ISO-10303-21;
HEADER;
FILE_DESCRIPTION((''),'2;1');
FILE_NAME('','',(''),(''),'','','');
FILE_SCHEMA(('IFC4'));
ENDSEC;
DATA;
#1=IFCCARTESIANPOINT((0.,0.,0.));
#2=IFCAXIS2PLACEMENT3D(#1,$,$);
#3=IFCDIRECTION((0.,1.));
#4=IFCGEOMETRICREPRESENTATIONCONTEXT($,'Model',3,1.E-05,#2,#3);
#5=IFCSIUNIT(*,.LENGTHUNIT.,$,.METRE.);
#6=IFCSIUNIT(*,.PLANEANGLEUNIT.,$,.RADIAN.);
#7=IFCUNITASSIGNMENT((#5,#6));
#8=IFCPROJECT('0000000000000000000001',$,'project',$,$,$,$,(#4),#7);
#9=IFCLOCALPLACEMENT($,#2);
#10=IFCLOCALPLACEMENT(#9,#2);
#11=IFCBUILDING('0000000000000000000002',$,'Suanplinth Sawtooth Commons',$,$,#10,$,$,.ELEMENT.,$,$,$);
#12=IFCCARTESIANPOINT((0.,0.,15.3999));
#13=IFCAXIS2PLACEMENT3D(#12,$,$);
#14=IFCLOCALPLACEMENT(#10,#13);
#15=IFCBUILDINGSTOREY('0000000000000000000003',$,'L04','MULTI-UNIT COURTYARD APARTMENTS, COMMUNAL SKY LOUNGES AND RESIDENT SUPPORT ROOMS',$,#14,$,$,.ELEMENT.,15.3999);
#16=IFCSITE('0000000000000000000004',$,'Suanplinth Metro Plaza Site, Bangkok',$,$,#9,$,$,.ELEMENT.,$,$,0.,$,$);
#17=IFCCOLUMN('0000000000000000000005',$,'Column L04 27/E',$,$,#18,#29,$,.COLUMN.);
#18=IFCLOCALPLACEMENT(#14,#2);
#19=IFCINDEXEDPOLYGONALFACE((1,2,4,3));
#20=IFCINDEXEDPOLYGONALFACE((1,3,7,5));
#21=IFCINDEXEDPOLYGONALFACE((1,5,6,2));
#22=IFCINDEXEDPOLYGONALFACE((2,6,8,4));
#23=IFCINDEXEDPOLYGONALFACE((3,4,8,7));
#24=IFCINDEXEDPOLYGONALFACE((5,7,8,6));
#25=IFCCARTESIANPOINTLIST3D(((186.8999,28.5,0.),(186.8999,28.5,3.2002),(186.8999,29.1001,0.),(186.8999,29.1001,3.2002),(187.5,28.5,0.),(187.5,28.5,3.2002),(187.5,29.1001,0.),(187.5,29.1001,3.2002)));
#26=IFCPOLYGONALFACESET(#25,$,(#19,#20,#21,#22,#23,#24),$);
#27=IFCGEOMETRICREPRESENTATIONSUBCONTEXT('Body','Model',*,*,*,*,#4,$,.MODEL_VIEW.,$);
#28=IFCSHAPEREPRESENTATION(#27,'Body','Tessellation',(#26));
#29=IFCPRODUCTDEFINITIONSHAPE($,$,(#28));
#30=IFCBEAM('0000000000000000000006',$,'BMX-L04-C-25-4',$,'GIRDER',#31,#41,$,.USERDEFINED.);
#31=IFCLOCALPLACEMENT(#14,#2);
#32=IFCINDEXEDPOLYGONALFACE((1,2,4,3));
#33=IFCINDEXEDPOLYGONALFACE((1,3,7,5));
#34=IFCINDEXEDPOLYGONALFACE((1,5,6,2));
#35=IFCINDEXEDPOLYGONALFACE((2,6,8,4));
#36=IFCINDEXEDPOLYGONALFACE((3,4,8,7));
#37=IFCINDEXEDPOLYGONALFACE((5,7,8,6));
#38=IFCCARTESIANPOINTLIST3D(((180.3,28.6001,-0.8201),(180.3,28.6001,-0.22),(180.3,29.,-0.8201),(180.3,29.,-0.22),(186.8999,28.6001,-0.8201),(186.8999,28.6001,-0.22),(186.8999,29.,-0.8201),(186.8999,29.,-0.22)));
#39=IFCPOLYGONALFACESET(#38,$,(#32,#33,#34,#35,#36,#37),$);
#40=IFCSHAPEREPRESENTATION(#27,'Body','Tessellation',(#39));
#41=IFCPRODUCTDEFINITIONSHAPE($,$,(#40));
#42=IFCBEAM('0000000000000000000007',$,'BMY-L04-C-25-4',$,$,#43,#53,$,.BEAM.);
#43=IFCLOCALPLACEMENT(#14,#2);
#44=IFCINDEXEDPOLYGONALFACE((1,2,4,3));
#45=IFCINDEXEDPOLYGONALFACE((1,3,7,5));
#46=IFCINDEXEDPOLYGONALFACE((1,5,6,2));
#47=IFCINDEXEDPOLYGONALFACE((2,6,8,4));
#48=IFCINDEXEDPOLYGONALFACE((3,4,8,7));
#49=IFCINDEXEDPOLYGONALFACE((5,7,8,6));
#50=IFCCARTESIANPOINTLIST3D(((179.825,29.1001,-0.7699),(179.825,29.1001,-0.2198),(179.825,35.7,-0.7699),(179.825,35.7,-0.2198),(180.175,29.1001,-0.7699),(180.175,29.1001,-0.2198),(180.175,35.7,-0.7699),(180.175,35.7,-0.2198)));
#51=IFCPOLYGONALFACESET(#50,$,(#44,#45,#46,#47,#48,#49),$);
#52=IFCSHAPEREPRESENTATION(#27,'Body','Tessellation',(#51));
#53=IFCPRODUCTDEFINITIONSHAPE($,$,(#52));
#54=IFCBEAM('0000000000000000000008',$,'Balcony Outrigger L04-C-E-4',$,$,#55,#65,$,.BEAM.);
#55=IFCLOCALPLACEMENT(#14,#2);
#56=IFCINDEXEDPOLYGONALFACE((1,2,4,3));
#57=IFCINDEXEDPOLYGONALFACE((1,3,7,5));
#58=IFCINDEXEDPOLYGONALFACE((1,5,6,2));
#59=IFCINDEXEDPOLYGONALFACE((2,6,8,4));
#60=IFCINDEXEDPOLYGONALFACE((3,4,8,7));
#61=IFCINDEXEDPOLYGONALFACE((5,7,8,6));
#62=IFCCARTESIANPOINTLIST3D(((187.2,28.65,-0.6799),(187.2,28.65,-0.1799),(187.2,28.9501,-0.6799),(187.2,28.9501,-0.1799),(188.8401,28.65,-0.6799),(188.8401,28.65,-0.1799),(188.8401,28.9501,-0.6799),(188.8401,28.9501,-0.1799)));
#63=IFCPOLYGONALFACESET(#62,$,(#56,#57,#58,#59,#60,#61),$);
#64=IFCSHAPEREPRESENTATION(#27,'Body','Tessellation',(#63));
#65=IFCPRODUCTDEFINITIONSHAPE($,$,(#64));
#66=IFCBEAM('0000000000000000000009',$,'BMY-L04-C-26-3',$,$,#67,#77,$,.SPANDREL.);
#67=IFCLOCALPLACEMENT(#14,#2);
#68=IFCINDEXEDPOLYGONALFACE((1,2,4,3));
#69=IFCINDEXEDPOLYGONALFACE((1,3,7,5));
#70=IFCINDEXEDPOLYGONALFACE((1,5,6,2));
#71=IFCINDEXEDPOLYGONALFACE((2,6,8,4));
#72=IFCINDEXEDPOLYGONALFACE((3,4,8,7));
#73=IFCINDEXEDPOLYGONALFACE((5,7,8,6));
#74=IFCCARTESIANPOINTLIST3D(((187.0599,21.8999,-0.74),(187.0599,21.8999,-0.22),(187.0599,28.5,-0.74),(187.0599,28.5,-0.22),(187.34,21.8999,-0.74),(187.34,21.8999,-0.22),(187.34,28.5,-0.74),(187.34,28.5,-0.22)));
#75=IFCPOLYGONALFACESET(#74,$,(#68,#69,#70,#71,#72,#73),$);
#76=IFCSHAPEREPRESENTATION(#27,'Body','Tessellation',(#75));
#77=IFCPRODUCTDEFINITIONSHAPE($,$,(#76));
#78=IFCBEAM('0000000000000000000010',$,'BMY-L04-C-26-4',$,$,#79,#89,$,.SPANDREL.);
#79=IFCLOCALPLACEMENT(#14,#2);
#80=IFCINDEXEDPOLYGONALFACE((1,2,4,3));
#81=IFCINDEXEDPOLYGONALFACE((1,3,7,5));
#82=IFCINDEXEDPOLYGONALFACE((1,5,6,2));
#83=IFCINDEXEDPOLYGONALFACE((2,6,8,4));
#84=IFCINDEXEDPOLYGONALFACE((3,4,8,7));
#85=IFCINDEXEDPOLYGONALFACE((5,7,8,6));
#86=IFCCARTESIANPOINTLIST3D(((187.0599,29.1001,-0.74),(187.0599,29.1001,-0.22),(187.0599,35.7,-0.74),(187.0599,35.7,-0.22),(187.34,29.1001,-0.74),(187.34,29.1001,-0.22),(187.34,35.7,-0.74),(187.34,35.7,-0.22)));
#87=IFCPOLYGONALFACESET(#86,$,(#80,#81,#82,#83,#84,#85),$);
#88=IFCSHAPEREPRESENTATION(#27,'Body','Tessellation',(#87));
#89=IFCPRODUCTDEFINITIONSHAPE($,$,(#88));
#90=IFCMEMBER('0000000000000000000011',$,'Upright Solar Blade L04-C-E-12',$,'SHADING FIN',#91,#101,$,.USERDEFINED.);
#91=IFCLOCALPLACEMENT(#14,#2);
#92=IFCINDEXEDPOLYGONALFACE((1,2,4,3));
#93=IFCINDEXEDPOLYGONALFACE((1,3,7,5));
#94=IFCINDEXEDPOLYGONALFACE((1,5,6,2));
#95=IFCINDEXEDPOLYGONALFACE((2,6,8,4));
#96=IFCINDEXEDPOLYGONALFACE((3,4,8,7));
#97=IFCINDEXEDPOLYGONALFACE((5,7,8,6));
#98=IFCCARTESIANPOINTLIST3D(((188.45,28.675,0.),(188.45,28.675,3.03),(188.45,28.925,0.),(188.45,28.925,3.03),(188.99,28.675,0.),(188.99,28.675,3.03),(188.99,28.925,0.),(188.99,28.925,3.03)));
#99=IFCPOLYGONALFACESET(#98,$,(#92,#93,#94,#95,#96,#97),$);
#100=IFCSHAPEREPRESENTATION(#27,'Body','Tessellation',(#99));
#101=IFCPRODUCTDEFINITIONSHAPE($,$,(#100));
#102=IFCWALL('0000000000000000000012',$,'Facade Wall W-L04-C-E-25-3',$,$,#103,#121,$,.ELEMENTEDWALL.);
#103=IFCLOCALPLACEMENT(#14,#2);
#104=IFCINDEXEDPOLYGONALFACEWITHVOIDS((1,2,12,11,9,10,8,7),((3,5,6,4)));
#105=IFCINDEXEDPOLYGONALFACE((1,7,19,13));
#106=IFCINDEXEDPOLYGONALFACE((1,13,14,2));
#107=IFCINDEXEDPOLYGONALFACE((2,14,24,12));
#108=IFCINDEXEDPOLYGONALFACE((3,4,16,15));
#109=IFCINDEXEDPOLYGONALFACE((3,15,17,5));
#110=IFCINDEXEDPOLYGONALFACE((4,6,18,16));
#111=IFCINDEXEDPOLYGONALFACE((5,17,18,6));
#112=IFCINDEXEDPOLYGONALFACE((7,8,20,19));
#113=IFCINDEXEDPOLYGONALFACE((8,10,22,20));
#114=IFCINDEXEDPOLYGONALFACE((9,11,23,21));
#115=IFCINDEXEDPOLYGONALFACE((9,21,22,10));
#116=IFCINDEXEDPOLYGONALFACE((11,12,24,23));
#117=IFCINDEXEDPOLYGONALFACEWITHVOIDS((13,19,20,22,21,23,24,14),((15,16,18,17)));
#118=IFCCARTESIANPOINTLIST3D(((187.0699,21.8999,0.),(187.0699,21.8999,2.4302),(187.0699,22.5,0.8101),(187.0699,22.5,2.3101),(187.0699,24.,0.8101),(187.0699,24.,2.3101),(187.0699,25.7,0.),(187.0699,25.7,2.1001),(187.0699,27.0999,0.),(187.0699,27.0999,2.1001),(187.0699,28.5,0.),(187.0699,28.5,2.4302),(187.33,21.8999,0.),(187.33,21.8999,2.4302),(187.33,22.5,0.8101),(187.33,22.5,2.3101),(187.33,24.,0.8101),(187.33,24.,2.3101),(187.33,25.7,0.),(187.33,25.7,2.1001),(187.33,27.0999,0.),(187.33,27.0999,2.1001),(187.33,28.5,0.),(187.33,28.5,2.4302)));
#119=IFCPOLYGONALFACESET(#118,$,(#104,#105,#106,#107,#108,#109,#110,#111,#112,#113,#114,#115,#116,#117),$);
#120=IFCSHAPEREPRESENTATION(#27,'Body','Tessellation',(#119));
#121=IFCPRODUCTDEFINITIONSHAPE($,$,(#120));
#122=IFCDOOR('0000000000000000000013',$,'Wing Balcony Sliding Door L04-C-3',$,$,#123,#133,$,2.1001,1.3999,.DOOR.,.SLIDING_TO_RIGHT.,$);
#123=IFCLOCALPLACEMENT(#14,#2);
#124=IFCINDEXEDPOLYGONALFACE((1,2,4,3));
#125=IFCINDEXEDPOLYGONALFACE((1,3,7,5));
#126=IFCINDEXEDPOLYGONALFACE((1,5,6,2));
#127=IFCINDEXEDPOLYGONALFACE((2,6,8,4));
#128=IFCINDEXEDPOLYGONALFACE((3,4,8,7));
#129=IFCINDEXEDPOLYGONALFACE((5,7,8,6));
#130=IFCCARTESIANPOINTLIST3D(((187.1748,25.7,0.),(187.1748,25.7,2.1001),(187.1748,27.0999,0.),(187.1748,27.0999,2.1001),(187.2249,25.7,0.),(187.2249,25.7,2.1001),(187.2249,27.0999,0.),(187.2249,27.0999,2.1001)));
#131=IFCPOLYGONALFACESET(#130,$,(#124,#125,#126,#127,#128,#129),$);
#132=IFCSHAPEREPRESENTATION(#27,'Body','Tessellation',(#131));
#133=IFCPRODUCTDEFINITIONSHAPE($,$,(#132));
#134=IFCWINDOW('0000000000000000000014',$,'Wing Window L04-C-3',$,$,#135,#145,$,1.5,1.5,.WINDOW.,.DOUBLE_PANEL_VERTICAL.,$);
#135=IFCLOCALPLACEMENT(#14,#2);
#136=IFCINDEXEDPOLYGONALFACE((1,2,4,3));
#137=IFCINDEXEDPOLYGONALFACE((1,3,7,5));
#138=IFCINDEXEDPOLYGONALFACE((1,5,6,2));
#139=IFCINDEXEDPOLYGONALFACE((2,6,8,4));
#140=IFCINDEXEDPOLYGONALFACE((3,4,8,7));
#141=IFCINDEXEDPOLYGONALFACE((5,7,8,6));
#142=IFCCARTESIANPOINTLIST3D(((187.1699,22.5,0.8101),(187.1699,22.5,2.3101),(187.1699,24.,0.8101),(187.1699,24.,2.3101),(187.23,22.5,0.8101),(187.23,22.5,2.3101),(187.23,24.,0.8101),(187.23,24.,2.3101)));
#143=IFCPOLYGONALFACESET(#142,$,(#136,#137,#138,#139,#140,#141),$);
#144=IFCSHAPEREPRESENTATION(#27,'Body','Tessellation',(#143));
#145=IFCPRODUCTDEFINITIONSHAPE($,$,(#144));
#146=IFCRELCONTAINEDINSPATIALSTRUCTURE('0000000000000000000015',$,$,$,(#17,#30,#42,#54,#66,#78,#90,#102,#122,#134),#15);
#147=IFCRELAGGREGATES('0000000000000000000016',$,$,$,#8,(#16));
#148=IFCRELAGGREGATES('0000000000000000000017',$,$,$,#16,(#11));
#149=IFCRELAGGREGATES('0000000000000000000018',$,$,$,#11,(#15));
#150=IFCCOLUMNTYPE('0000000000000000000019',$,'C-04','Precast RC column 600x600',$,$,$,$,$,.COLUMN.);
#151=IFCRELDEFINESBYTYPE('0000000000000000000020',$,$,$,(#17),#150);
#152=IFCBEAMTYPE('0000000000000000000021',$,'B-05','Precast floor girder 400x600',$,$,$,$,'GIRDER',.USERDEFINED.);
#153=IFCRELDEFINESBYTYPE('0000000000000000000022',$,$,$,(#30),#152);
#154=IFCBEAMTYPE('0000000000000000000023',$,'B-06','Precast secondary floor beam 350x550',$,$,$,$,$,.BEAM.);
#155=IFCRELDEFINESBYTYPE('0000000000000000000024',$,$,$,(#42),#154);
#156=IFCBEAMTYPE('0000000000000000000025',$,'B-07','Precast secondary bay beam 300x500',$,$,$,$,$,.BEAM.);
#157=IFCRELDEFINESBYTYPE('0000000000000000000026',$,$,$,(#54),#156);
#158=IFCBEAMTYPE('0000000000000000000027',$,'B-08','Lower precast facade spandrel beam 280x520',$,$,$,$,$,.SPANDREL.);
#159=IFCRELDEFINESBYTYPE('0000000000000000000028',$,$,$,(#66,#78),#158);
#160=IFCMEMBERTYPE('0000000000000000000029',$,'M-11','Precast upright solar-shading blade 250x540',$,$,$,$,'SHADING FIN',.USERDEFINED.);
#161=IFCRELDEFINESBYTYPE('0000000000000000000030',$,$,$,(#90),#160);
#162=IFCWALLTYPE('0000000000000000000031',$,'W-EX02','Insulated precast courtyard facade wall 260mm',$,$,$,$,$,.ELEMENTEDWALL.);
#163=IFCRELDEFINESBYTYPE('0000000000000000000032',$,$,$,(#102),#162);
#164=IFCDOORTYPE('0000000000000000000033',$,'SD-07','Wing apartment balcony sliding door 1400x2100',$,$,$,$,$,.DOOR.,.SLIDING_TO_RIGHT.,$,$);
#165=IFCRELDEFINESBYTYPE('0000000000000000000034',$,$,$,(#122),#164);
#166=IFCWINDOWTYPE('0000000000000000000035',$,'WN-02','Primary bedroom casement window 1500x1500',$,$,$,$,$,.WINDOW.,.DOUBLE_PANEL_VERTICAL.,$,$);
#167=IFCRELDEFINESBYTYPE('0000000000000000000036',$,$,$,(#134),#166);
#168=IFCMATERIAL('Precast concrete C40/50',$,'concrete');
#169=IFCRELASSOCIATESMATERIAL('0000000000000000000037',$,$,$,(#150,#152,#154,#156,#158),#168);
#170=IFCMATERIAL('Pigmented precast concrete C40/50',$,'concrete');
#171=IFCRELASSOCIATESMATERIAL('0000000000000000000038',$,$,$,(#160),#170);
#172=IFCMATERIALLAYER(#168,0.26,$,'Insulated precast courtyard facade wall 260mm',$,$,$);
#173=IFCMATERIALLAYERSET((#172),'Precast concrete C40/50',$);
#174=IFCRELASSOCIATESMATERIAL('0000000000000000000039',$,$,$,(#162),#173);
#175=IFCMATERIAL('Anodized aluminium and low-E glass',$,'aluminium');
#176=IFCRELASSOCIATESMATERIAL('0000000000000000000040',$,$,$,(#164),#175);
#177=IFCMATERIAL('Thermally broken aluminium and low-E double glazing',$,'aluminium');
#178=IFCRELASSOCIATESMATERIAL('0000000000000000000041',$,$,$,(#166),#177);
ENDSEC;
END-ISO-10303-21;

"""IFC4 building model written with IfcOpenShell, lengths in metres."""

from ifc_helpers import new_model, si_unit, direction, frame, frame_2d, origin, origin_2d, place, context, subcontext, project, spatial, rectangle, extrude, material, layer, layer_set, material_profile, profile_set, type_object, element, fill, save


model = new_model("IFC4")

# Units and contexts
model_context = context("Model", 3, precision=1e-05, world=origin(), true_north=direction((0.0, 1.0)))
body_context = subcontext(model_context, "Body", "Model", "MODEL_VIEW")
ifc_project = project(units=[si_unit("LENGTHUNIT", "METRE"), si_unit("PLANEANGLEUNIT", "RADIAN")], contexts=[model_context])

# Site, building, storey
site_placement = place(None, origin())
site = spatial("IfcSite", under=ifc_project, at=site_placement, Name="Suanplinth Metro Plaza Site, Bangkok", CompositionType="ELEMENT", RefElevation=0.0)
building_placement = place(site_placement, origin())
building = spatial("IfcBuilding", under=site, at=building_placement, Name="Suanplinth Sawtooth Commons", CompositionType="ELEMENT")
storey_placement = place(building_placement, frame((0.0, 0.0, 15.3999)))
storey = spatial("IfcBuildingStorey", under=building, at=storey_placement, Name="L04", Description="MULTI-UNIT COURTYARD APARTMENTS, COMMUNAL SKY LOUNGES AND RESIDENT SUPPORT ROOMS", CompositionType="ELEMENT", Elevation=15.3999)

# Column
ifc_material_1 = material(Name="Precast concrete C40/50", Category="concrete")
ifc_material_profile_1 = material_profile(ifc_material_1, rectangle(XDim=0.6001, YDim=0.6001, at=origin_2d()), Name="PC-COL 600x600")
ifc_profile_set_1 = profile_set([ifc_material_profile_1], Name="Precast concrete C40/50")
column_type = type_object("IfcColumnType", Name="C-04", Description="Precast RC column 600x600", PredefinedType="COLUMN", material=ifc_profile_set_1)
column_placement = place(storey_placement, frame((187.2, 28.8, 0.0), z_axis=(0.0, 0.0, 1.0), x_axis=(1.0, 0.0, 0.0)))
element("IfcColumn", 1, at=column_placement, inside=storey, type_object=column_type, Name="Column L04 27/E", PredefinedType="COLUMN", context=body_context, shape_type="SweptSolid", body=[
    extrude(rectangle(XDim=0.6001, YDim=0.6001, at=origin_2d()), origin(), (0.0, 0.0, 1.0), 3.2002),
])

# Beams
ifc_material_profile_2 = material_profile(ifc_material_1, rectangle(XDim=0.3999, YDim=0.6001, at=origin_2d()), Name="PC-GDR 400x600")
ifc_profile_set_2 = profile_set([ifc_material_profile_2], Name="Precast concrete C40/50")
beam_type_1 = type_object("IfcBeamType", Name="B-05", Description="Precast floor girder 400x600", ElementType="GIRDER", PredefinedType="USERDEFINED", material=ifc_profile_set_2)
beam_1_placement = place(storey_placement, frame((180.3, 28.8, -0.52), z_axis=(1.0, 0.0, 0.0), x_axis=(0.0, 1.0, 0.0)))
element("IfcBeam", 2, at=beam_1_placement, inside=storey, type_object=beam_type_1, Name="BMX-L04-C-25-4", ObjectType="GIRDER", PredefinedType="USERDEFINED", context=body_context, shape_type="SweptSolid", body=[
    extrude(rectangle(XDim=0.3999, YDim=0.6001, at=origin_2d()), origin(), (0.0, 0.0, 1.0), 6.5999),
])
ifc_material_profile_3 = material_profile(ifc_material_1, rectangle(XDim=0.3501, YDim=0.55, at=origin_2d()), Name="PC-BM 350x550")
ifc_profile_set_3 = profile_set([ifc_material_profile_3], Name="Precast concrete C40/50")
beam_type_2 = type_object("IfcBeamType", Name="B-06", Description="Precast secondary floor beam 350x550", PredefinedType="BEAM", material=ifc_profile_set_3)
beam_2_placement = place(storey_placement, frame((180.0, 29.1001, -0.4949), z_axis=(0.0, 1.0, 0.0), x_axis=(-1.0, 0.0, 0.0)))
element("IfcBeam", 3, at=beam_2_placement, inside=storey, type_object=beam_type_2, Name="BMY-L04-C-25-4", PredefinedType="BEAM", context=body_context, shape_type="SweptSolid", body=[
    extrude(rectangle(XDim=0.3501, YDim=0.55, at=origin_2d()), origin(), (0.0, 0.0, 1.0), 6.5999),
])
ifc_material_profile_4 = material_profile(ifc_material_1, rectangle(XDim=0.3, YDim=0.5, at=origin_2d()), Name="PC-BM 300x500")
ifc_profile_set_4 = profile_set([ifc_material_profile_4], Name="Precast concrete C40/50")
beam_type_3 = type_object("IfcBeamType", Name="B-07", Description="Precast secondary bay beam 300x500", PredefinedType="BEAM", material=ifc_profile_set_4)
beam_3_placement = place(storey_placement, frame((187.2, 28.8, -0.4299), z_axis=(1.0, 0.0, 0.0), x_axis=(0.0, 1.0, 0.0)))
element("IfcBeam", 4, at=beam_3_placement, inside=storey, type_object=beam_type_3, Name="Balcony Outrigger L04-C-E-4", PredefinedType="BEAM", context=body_context, shape_type="SweptSolid", body=[
    extrude(rectangle(XDim=0.3, YDim=0.5, at=origin_2d()), origin(), (0.0, 0.0, 1.0), 1.6401),
])
ifc_material_profile_5 = material_profile(ifc_material_1, rectangle(XDim=0.28, YDim=0.52, at=origin_2d()), Name="PC-SP 280x520")
ifc_profile_set_5 = profile_set([ifc_material_profile_5], Name="Precast concrete C40/50")
beam_type_4 = type_object("IfcBeamType", Name="B-08", Description="Lower precast facade spandrel beam 280x520", PredefinedType="SPANDREL", material=ifc_profile_set_5)
beam_4_placement = place(storey_placement, frame((187.2, 21.8999, -0.48), z_axis=(0.0, 1.0, 0.0), x_axis=(-1.0, 0.0, 0.0)))
element("IfcBeam", 5, at=beam_4_placement, inside=storey, type_object=beam_type_4, Name="BMY-L04-C-26-3", PredefinedType="SPANDREL", context=body_context, shape_type="SweptSolid", body=[
    extrude(rectangle(XDim=0.28, YDim=0.52, at=origin_2d()), origin(), (0.0, 0.0, 1.0), 6.6001),
])
beam_5_placement = place(storey_placement, frame((187.2, 29.1001, -0.48), z_axis=(0.0, 1.0, 0.0), x_axis=(-1.0, 0.0, 0.0)))
element("IfcBeam", 6, at=beam_5_placement, inside=storey, type_object=beam_type_4, Name="BMY-L04-C-26-4", PredefinedType="SPANDREL", context=body_context, shape_type="SweptSolid", body=[
    extrude(rectangle(XDim=0.28, YDim=0.52, at=origin_2d()), origin(), (0.0, 0.0, 1.0), 6.5999),
])

# Member
ifc_material_2 = material(Name="Pigmented precast concrete C40/50", Category="concrete")
ifc_material_profile_6 = material_profile(ifc_material_2, rectangle(XDim=0.25, YDim=0.54, at=origin_2d()), Name="PC-FIN 250x540")
ifc_profile_set_6 = profile_set([ifc_material_profile_6], Name="Pigmented precast concrete C40/50")
member_type = type_object("IfcMemberType", Name="M-11", Description="Precast upright solar-shading blade 250x540", ElementType="SHADING FIN", PredefinedType="USERDEFINED", material=ifc_profile_set_6)
member_placement = place(storey_placement, frame((188.72, 28.8, 0.0), z_axis=(0.0, 0.0, 1.0), x_axis=(0.0, 1.0, 0.0)))
element("IfcMember", 7, at=member_placement, inside=storey, type_object=member_type, Name="Upright Solar Blade L04-C-E-12", ObjectType="SHADING FIN", PredefinedType="USERDEFINED", context=body_context, shape_type="SweptSolid", body=[
    extrude(rectangle(XDim=0.25, YDim=0.54, at=origin_2d()), origin(), (0.0, 0.0, 1.0), 3.03),
])

# Wall, openings, door, window
ifc_layer_1 = layer(ifc_material_1, 0.26, Name="Insulated precast courtyard facade wall 260mm")
ifc_layer_set_1 = layer_set([ifc_layer_1], Name="Precast concrete C40/50")
wall_type_1 = type_object("IfcWallType", Name="W-EX02", Description="Insulated precast courtyard facade wall 260mm", PredefinedType="ELEMENTEDWALL", material=ifc_layer_set_1)
wall_1_placement = place(storey_placement, frame((187.2, 21.8999, 0.0), z_axis=(0.0, 0.0, 1.0), x_axis=(0.0, 1.0, 0.0)))
wall_1 = element("IfcWall", 8, at=wall_1_placement, inside=storey, type_object=wall_type_1, Name="Facade Wall W-L04-C-E-25-3", PredefinedType="ELEMENTEDWALL", context=body_context, shape_type="SweptSolid", body=[
    extrude(rectangle(XDim=6.6001, YDim=0.26, at=frame_2d((3.3, 0.0))), origin(), (0.0, 0.0, 1.0), 2.4302),
])
opening_1_placement = place(wall_1_placement, frame((3.8, 0.0, 0.0)))
opening_1 = element("IfcOpeningElement", 9, at=opening_1_placement, cuts=wall_1, PredefinedType="OPENING", context=body_context, shape_type="SweptSolid", body=[
    extrude(rectangle(XDim=1.3999, YDim=2.1001, at=frame_2d((0.7, 1.05))), frame((0.0, 0.145, 0.0), z_axis=(0.0, -1.0, 0.0), x_axis=(1.0, 0.0, 0.0)), (0.0, 0.0, 1.0), 0.2898),
])
opening_2_placement = place(wall_1_placement, frame((0.6001, 0.0, 0.8101)))
opening_2 = element("IfcOpeningElement", 10, at=opening_2_placement, cuts=wall_1, PredefinedType="OPENING", context=body_context, shape_type="SweptSolid", body=[
    extrude(rectangle(XDim=1.5, YDim=1.5, at=frame_2d((0.75, 0.75))), frame((0.0, 0.145, 0.0), z_axis=(0.0, -1.0, 0.0), x_axis=(1.0, 0.0, 0.0)), (0.0, 0.0, 1.0), 0.2898),
])
ifc_material_3 = material(Name="Anodized aluminium and low-E glass", Category="aluminium")
door_type_1 = type_object("IfcDoorType", Name="SD-07", Description="Wing apartment balcony sliding door 1400x2100", OperationType="SLIDING_TO_RIGHT", PredefinedType="DOOR", material=ifc_material_3)
door_1_placement = place(opening_1_placement, frame((1.3999, 0.0, 0.0), z_axis=(0.0, 0.0, 1.0), x_axis=(-1.0, 0.0, 0.0)))
door_1 = element("IfcDoor", 11, at=door_1_placement, inside=storey, type_object=door_type_1, Name="Wing Balcony Sliding Door L04-C-3", OperationType="SLIDING_TO_RIGHT", OverallHeight=2.1001, OverallWidth=1.3999, PredefinedType="DOOR", context=body_context, shape_type="SweptSolid", body=[
    extrude(rectangle(XDim=1.3999, YDim=2.1001, at=frame_2d((0.7, 1.05))), frame((0.0, 0.0249, 0.0), z_axis=(0.0, -1.0, 0.0), x_axis=(1.0, 0.0, 0.0)), (0.0, 0.0, 1.0), 0.05),
])
fill(opening_1, door_1)
ifc_material_4 = material(Name="Thermally broken aluminium and low-E double glazing", Category="aluminium")
window_type = type_object("IfcWindowType", Name="WN-02", Description="Primary bedroom casement window 1500x1500", PartitioningType="DOUBLE_PANEL_VERTICAL", PredefinedType="WINDOW", material=ifc_material_4)
window_1_placement = place(opening_2_placement, origin())
window_1 = element("IfcWindow", 12, at=window_1_placement, inside=storey, type_object=window_type, Name="Wing Window L04-C-3", OverallHeight=1.5, OverallWidth=1.5, PartitioningType="DOUBLE_PANEL_VERTICAL", PredefinedType="WINDOW", context=body_context, shape_type="SweptSolid", body=[
    extrude(rectangle(XDim=1.5, YDim=1.5, at=frame_2d((0.75, 0.75))), frame((0.0, 0.03, 0.0), z_axis=(0.0, -1.0, 0.0), x_axis=(1.0, 0.0, 0.0)), (0.0, 0.0, 1.0), 0.0601),
])
fill(opening_2, window_1)

save(model, "model.ifc")
